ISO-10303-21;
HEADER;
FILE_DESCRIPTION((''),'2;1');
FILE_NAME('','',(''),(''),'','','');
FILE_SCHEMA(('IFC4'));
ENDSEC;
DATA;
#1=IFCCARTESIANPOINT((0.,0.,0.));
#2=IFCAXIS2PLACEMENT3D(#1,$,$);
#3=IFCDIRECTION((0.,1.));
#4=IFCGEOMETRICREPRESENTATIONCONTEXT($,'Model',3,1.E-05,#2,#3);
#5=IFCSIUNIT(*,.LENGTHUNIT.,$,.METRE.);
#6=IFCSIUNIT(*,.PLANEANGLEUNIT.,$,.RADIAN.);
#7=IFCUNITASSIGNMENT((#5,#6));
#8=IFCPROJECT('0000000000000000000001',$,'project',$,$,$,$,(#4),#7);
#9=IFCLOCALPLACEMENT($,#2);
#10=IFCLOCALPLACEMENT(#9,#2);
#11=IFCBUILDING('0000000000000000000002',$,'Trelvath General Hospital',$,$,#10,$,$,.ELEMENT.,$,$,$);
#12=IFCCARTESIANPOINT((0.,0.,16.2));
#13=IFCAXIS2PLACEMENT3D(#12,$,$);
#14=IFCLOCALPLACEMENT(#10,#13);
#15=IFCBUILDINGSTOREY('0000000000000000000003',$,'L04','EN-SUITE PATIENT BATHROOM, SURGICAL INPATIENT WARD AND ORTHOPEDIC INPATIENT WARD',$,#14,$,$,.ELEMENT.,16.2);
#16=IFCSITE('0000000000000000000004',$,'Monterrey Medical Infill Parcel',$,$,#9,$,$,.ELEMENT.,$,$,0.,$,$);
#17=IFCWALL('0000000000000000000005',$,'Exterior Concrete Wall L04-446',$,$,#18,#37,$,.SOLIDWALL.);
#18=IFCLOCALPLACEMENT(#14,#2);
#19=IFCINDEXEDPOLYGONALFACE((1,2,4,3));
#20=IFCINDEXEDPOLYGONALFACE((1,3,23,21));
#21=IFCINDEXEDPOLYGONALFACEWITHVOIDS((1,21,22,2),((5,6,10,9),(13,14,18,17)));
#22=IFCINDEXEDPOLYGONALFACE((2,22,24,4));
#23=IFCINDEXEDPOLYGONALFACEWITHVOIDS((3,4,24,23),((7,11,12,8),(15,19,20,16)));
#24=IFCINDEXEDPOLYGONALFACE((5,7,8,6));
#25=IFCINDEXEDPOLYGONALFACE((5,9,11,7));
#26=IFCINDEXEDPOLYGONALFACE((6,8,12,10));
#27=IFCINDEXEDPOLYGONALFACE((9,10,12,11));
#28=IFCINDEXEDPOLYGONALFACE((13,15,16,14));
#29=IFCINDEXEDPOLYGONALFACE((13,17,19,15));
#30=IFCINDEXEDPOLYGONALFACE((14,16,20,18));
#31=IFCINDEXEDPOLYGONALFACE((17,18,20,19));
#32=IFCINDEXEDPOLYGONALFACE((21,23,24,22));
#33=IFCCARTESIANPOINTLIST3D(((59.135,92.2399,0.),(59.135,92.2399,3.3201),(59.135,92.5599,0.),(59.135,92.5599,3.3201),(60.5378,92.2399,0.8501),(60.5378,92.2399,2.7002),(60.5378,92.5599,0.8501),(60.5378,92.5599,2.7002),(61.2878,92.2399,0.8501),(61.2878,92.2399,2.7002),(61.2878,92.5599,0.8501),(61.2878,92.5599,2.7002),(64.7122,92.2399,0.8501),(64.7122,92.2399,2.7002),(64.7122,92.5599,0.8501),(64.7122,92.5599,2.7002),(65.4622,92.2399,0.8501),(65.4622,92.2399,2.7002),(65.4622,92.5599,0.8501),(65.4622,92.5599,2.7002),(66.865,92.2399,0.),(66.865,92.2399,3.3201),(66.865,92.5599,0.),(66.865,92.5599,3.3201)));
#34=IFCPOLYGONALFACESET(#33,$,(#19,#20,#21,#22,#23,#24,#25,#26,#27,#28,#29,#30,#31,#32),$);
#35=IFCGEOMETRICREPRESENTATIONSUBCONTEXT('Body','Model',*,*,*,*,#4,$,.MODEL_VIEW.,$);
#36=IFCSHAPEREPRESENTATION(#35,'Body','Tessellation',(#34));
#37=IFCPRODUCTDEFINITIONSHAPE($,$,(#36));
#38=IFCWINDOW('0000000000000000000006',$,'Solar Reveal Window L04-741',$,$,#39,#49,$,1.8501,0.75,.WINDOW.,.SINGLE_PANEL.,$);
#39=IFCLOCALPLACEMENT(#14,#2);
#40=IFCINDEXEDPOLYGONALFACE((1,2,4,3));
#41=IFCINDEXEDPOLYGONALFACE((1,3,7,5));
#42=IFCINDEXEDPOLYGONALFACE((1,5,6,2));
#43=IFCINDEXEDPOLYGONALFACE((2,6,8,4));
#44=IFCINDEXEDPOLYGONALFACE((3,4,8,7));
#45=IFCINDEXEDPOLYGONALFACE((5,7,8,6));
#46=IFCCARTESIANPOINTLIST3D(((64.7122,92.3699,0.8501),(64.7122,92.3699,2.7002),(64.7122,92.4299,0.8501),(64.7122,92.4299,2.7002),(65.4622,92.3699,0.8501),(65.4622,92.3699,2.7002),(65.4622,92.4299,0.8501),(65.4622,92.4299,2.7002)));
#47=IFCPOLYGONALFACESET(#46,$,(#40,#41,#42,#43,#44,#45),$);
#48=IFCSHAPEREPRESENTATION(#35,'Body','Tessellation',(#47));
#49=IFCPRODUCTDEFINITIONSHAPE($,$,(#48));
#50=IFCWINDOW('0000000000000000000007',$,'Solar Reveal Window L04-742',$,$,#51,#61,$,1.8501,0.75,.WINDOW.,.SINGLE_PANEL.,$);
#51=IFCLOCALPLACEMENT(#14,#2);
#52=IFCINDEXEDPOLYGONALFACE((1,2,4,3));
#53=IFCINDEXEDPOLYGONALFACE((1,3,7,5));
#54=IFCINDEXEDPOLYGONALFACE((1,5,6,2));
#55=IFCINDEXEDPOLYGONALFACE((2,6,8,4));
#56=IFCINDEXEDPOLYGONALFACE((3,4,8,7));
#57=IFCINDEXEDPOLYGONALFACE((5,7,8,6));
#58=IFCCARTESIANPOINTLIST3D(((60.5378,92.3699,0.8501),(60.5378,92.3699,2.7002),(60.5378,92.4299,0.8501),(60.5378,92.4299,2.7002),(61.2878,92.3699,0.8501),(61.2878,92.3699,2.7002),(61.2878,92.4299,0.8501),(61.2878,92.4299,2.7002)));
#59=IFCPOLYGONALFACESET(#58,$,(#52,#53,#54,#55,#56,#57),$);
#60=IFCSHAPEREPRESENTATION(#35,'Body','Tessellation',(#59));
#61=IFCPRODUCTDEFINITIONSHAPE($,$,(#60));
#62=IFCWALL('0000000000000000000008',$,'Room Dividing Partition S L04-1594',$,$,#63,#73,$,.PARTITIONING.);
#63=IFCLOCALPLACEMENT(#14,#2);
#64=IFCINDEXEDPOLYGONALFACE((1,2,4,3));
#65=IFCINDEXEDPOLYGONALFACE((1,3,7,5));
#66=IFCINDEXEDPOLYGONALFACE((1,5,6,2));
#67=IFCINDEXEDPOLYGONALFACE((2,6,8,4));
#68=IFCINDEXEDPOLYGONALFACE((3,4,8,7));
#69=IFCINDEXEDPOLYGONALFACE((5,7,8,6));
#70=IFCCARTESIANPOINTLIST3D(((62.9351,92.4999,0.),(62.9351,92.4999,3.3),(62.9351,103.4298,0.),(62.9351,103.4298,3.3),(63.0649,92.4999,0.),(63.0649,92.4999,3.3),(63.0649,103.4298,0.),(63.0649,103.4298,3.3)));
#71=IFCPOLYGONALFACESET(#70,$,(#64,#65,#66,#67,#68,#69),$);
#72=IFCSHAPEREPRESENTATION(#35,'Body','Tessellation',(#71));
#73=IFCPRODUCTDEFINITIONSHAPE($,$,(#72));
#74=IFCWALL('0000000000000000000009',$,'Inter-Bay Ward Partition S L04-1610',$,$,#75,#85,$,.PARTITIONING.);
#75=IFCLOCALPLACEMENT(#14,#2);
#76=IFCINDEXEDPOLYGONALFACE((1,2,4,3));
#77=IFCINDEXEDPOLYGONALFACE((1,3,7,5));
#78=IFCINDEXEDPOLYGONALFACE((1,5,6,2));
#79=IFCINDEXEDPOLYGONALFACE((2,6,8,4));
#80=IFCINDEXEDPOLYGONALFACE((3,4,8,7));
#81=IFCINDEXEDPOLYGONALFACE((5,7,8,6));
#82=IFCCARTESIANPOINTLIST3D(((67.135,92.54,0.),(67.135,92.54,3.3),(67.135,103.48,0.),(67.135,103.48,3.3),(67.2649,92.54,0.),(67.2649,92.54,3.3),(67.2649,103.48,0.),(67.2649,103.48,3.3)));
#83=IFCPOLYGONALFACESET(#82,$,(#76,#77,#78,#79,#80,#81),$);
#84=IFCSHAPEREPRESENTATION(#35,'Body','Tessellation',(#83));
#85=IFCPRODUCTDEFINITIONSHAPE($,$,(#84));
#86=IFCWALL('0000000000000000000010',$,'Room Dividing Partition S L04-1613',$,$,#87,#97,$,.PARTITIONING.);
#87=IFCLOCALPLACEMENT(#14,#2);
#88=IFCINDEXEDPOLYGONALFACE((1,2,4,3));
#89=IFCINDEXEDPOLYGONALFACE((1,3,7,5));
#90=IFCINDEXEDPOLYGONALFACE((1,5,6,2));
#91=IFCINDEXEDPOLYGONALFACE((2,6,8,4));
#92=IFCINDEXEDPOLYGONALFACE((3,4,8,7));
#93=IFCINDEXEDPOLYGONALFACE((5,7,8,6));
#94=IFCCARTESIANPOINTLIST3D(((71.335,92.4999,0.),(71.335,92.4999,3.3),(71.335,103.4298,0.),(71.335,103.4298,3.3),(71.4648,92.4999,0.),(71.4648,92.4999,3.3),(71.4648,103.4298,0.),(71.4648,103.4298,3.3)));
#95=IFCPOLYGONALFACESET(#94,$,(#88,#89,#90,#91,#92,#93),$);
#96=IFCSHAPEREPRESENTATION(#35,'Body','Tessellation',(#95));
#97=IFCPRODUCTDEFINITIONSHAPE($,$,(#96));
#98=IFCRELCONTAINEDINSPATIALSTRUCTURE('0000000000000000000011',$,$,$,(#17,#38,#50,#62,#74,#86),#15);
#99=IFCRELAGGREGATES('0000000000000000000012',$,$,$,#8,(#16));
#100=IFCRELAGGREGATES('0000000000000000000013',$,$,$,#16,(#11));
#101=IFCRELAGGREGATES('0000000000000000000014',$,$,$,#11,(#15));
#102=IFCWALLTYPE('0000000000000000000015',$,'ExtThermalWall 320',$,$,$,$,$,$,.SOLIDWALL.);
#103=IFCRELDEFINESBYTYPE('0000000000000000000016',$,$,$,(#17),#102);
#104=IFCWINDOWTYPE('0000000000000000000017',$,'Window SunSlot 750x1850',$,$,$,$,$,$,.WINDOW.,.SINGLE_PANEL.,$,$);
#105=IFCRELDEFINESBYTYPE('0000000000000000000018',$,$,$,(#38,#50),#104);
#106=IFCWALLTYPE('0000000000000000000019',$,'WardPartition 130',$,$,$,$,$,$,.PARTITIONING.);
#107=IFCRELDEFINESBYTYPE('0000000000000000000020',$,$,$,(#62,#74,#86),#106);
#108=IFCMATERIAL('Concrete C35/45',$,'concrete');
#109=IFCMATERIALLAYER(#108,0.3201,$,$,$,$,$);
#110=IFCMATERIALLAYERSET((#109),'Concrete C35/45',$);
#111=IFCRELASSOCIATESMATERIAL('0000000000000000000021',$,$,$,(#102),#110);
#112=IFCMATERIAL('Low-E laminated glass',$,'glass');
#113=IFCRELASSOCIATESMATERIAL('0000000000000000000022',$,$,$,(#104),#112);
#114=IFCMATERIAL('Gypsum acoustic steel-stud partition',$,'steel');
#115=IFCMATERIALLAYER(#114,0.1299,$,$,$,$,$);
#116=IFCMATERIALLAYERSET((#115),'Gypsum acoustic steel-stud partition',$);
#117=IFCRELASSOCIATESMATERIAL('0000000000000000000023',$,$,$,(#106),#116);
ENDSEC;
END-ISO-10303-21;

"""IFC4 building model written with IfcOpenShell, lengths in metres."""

from ifc_helpers import new_model, si_unit, direction, frame, frame_2d, origin, place, context, subcontext, project, spatial, rectangle, extrude, material, layer, layer_set, type_object, element, fill, save


model = new_model("IFC4")

# Units and contexts
model_context = context("Model", 3, precision=1e-05, world=origin(), true_north=direction((0.0, 1.0)))
body_context = subcontext(model_context, "Body", "Model", "MODEL_VIEW")
ifc_project = project(units=[si_unit("LENGTHUNIT", "METRE"), si_unit("PLANEANGLEUNIT", "RADIAN")], contexts=[model_context])

# Site, building, storey
site_placement = place(None, origin())
site = spatial("IfcSite", under=ifc_project, at=site_placement, Name="Monterrey Medical Infill Parcel", CompositionType="ELEMENT", RefElevation=0.0)
building_placement = place(site_placement, origin())
building = spatial("IfcBuilding", under=site, at=building_placement, Name="Trelvath General Hospital", CompositionType="ELEMENT")
storey_placement = place(building_placement, frame((0.0, 0.0, 16.2)))
storey = spatial("IfcBuildingStorey", under=building, at=storey_placement, Name="L04", Description="EN-SUITE PATIENT BATHROOM, SURGICAL INPATIENT WARD AND ORTHOPEDIC INPATIENT WARD", CompositionType="ELEMENT", Elevation=16.2)

# Wall, openings, windows
ifc_material_1 = material(Name="Concrete C35/45", Category="concrete")
ifc_layer_1 = layer(ifc_material_1, 0.3201)
ifc_layer_set_1 = layer_set([ifc_layer_1], Name="Concrete C35/45")
wall_type_1 = type_object("IfcWallType", Name="ExtThermalWall 320", PredefinedType="SOLIDWALL", material=ifc_layer_set_1)
wall_1_placement = place(storey_placement, frame((66.865, 92.3999, 0.0), z_axis=(0.0, 0.0, 1.0), x_axis=(-1.0, 0.0, 0.0)))
wall_1 = element("IfcWall", 1, at=wall_1_placement, inside=storey, type_object=wall_type_1, Name="Exterior Concrete Wall L04-446", PredefinedType="SOLIDWALL", context=body_context, shape_type="SweptSolid", body=[
    extrude(rectangle(XDim=7.73, YDim=0.3201, at=frame_2d((3.865, 0.0))), origin(), (0.0, 0.0, 1.0), 3.3201),
])
opening_1_placement = place(wall_1_placement, frame((1.4028, 0.0, 0.8501)))
opening_1 = element("IfcOpeningElement", 2, at=opening_1_placement, cuts=wall_1, PredefinedType="OPENING", context=body_context, shape_type="SweptSolid", body=[
    extrude(rectangle(XDim=0.75, YDim=1.8501, at=frame_2d((0.375, 0.925))), frame((0.0, 0.1699, 0.0), z_axis=(0.0, -1.0, 0.0), x_axis=(1.0, 0.0, 0.0)), (0.0, 0.0, 1.0), 0.3401),
])
opening_2_placement = place(wall_1_placement, frame((5.5771, 0.0, 0.8501)))
opening_2 = element("IfcOpeningElement", 3, at=opening_2_placement, cuts=wall_1, PredefinedType="OPENING", context=body_context, shape_type="SweptSolid", body=[
    extrude(rectangle(XDim=0.75, YDim=1.8501, at=frame_2d((0.375, 0.925))), frame((0.0, 0.1699, 0.0), z_axis=(0.0, -1.0, 0.0), x_axis=(1.0, 0.0, 0.0)), (0.0, 0.0, 1.0), 0.3401),
])
ifc_material_2 = material(Name="Low-E laminated glass", Category="glass")
window_type = type_object("IfcWindowType", Name="Window SunSlot 750x1850", PartitioningType="SINGLE_PANEL", PredefinedType="WINDOW", material=ifc_material_2)
window_1_placement = place(opening_1_placement, origin())
window_1 = element("IfcWindow", 4, at=window_1_placement, inside=storey, type_object=window_type, Name="Solar Reveal Window L04-741", OverallHeight=1.8501, OverallWidth=0.75, PartitioningType="SINGLE_PANEL", PredefinedType="WINDOW", context=body_context, shape_type="SweptSolid", body=[
    extrude(rectangle(XDim=0.75, YDim=1.8501, at=frame_2d((0.375, 0.925))), frame((0.0, 0.03, 0.0), z_axis=(0.0, -1.0, 0.0), x_axis=(1.0, 0.0, 0.0)), (0.0, 0.0, 1.0), 0.0601),
])
fill(opening_1, window_1)
window_2_placement = place(opening_2_placement, origin())
window_2 = element("IfcWindow", 5, at=window_2_placement, inside=storey, type_object=window_type, Name="Solar Reveal Window L04-742", OverallHeight=1.8501, OverallWidth=0.75, PartitioningType="SINGLE_PANEL", PredefinedType="WINDOW", context=body_context, shape_type="SweptSolid", body=[
    extrude(rectangle(XDim=0.75, YDim=1.8501, at=frame_2d((0.375, 0.925))), frame((0.0, 0.03, 0.0), z_axis=(0.0, -1.0, 0.0), x_axis=(1.0, 0.0, 0.0)), (0.0, 0.0, 1.0), 0.0601),
])
fill(opening_2, window_2)

# Walls
ifc_material_3 = material(Name="Gypsum acoustic steel-stud partition", Category="steel")
ifc_layer_2 = layer(ifc_material_3, 0.1299)
ifc_layer_set_2 = layer_set([ifc_layer_2], Name="Gypsum acoustic steel-stud partition")
wall_type_2 = type_object("IfcWallType", Name="WardPartition 130", PredefinedType="PARTITIONING", material=ifc_layer_set_2)
wall_2_placement = place(storey_placement, frame((63.0, 92.5, 0.0), z_axis=(0.0, 0.0, 1.0), x_axis=(0.0, 1.0, 0.0)))
element("IfcWall", 6, at=wall_2_placement, inside=storey, type_object=wall_type_2, Name="Room Dividing Partition S L04-1594", PredefinedType="PARTITIONING", context=body_context, shape_type="SweptSolid", body=[
    extrude(rectangle(XDim=10.9299, YDim=0.1299, at=frame_2d((5.4648, 0.0))), origin(), (0.0, 0.0, 1.0), 3.3),
])
wall_3_placement = place(storey_placement, frame((67.2, 92.54, 0.0), z_axis=(0.0, 0.0, 1.0), x_axis=(0.0, 1.0, 0.0)))
element("IfcWall", 7, at=wall_3_placement, inside=storey, type_object=wall_type_2, Name="Inter-Bay Ward Partition S L04-1610", PredefinedType="PARTITIONING", context=body_context, shape_type="SweptSolid", body=[
    extrude(rectangle(XDim=10.9399, YDim=0.1299, at=frame_2d((5.47, 0.0))), origin(), (0.0, 0.0, 1.0), 3.3),
])
wall_4_placement = place(storey_placement, frame((71.3999, 92.5, 0.0), z_axis=(0.0, 0.0, 1.0), x_axis=(0.0, 1.0, 0.0)))
element("IfcWall", 8, at=wall_4_placement, inside=storey, type_object=wall_type_2, Name="Room Dividing Partition S L04-1613", PredefinedType="PARTITIONING", context=body_context, shape_type="SweptSolid", body=[
    extrude(rectangle(XDim=10.9299, YDim=0.1299, at=frame_2d((5.4648, 0.0))), origin(), (0.0, 0.0, 1.0), 3.3),
])

save(model, "model.ifc")
